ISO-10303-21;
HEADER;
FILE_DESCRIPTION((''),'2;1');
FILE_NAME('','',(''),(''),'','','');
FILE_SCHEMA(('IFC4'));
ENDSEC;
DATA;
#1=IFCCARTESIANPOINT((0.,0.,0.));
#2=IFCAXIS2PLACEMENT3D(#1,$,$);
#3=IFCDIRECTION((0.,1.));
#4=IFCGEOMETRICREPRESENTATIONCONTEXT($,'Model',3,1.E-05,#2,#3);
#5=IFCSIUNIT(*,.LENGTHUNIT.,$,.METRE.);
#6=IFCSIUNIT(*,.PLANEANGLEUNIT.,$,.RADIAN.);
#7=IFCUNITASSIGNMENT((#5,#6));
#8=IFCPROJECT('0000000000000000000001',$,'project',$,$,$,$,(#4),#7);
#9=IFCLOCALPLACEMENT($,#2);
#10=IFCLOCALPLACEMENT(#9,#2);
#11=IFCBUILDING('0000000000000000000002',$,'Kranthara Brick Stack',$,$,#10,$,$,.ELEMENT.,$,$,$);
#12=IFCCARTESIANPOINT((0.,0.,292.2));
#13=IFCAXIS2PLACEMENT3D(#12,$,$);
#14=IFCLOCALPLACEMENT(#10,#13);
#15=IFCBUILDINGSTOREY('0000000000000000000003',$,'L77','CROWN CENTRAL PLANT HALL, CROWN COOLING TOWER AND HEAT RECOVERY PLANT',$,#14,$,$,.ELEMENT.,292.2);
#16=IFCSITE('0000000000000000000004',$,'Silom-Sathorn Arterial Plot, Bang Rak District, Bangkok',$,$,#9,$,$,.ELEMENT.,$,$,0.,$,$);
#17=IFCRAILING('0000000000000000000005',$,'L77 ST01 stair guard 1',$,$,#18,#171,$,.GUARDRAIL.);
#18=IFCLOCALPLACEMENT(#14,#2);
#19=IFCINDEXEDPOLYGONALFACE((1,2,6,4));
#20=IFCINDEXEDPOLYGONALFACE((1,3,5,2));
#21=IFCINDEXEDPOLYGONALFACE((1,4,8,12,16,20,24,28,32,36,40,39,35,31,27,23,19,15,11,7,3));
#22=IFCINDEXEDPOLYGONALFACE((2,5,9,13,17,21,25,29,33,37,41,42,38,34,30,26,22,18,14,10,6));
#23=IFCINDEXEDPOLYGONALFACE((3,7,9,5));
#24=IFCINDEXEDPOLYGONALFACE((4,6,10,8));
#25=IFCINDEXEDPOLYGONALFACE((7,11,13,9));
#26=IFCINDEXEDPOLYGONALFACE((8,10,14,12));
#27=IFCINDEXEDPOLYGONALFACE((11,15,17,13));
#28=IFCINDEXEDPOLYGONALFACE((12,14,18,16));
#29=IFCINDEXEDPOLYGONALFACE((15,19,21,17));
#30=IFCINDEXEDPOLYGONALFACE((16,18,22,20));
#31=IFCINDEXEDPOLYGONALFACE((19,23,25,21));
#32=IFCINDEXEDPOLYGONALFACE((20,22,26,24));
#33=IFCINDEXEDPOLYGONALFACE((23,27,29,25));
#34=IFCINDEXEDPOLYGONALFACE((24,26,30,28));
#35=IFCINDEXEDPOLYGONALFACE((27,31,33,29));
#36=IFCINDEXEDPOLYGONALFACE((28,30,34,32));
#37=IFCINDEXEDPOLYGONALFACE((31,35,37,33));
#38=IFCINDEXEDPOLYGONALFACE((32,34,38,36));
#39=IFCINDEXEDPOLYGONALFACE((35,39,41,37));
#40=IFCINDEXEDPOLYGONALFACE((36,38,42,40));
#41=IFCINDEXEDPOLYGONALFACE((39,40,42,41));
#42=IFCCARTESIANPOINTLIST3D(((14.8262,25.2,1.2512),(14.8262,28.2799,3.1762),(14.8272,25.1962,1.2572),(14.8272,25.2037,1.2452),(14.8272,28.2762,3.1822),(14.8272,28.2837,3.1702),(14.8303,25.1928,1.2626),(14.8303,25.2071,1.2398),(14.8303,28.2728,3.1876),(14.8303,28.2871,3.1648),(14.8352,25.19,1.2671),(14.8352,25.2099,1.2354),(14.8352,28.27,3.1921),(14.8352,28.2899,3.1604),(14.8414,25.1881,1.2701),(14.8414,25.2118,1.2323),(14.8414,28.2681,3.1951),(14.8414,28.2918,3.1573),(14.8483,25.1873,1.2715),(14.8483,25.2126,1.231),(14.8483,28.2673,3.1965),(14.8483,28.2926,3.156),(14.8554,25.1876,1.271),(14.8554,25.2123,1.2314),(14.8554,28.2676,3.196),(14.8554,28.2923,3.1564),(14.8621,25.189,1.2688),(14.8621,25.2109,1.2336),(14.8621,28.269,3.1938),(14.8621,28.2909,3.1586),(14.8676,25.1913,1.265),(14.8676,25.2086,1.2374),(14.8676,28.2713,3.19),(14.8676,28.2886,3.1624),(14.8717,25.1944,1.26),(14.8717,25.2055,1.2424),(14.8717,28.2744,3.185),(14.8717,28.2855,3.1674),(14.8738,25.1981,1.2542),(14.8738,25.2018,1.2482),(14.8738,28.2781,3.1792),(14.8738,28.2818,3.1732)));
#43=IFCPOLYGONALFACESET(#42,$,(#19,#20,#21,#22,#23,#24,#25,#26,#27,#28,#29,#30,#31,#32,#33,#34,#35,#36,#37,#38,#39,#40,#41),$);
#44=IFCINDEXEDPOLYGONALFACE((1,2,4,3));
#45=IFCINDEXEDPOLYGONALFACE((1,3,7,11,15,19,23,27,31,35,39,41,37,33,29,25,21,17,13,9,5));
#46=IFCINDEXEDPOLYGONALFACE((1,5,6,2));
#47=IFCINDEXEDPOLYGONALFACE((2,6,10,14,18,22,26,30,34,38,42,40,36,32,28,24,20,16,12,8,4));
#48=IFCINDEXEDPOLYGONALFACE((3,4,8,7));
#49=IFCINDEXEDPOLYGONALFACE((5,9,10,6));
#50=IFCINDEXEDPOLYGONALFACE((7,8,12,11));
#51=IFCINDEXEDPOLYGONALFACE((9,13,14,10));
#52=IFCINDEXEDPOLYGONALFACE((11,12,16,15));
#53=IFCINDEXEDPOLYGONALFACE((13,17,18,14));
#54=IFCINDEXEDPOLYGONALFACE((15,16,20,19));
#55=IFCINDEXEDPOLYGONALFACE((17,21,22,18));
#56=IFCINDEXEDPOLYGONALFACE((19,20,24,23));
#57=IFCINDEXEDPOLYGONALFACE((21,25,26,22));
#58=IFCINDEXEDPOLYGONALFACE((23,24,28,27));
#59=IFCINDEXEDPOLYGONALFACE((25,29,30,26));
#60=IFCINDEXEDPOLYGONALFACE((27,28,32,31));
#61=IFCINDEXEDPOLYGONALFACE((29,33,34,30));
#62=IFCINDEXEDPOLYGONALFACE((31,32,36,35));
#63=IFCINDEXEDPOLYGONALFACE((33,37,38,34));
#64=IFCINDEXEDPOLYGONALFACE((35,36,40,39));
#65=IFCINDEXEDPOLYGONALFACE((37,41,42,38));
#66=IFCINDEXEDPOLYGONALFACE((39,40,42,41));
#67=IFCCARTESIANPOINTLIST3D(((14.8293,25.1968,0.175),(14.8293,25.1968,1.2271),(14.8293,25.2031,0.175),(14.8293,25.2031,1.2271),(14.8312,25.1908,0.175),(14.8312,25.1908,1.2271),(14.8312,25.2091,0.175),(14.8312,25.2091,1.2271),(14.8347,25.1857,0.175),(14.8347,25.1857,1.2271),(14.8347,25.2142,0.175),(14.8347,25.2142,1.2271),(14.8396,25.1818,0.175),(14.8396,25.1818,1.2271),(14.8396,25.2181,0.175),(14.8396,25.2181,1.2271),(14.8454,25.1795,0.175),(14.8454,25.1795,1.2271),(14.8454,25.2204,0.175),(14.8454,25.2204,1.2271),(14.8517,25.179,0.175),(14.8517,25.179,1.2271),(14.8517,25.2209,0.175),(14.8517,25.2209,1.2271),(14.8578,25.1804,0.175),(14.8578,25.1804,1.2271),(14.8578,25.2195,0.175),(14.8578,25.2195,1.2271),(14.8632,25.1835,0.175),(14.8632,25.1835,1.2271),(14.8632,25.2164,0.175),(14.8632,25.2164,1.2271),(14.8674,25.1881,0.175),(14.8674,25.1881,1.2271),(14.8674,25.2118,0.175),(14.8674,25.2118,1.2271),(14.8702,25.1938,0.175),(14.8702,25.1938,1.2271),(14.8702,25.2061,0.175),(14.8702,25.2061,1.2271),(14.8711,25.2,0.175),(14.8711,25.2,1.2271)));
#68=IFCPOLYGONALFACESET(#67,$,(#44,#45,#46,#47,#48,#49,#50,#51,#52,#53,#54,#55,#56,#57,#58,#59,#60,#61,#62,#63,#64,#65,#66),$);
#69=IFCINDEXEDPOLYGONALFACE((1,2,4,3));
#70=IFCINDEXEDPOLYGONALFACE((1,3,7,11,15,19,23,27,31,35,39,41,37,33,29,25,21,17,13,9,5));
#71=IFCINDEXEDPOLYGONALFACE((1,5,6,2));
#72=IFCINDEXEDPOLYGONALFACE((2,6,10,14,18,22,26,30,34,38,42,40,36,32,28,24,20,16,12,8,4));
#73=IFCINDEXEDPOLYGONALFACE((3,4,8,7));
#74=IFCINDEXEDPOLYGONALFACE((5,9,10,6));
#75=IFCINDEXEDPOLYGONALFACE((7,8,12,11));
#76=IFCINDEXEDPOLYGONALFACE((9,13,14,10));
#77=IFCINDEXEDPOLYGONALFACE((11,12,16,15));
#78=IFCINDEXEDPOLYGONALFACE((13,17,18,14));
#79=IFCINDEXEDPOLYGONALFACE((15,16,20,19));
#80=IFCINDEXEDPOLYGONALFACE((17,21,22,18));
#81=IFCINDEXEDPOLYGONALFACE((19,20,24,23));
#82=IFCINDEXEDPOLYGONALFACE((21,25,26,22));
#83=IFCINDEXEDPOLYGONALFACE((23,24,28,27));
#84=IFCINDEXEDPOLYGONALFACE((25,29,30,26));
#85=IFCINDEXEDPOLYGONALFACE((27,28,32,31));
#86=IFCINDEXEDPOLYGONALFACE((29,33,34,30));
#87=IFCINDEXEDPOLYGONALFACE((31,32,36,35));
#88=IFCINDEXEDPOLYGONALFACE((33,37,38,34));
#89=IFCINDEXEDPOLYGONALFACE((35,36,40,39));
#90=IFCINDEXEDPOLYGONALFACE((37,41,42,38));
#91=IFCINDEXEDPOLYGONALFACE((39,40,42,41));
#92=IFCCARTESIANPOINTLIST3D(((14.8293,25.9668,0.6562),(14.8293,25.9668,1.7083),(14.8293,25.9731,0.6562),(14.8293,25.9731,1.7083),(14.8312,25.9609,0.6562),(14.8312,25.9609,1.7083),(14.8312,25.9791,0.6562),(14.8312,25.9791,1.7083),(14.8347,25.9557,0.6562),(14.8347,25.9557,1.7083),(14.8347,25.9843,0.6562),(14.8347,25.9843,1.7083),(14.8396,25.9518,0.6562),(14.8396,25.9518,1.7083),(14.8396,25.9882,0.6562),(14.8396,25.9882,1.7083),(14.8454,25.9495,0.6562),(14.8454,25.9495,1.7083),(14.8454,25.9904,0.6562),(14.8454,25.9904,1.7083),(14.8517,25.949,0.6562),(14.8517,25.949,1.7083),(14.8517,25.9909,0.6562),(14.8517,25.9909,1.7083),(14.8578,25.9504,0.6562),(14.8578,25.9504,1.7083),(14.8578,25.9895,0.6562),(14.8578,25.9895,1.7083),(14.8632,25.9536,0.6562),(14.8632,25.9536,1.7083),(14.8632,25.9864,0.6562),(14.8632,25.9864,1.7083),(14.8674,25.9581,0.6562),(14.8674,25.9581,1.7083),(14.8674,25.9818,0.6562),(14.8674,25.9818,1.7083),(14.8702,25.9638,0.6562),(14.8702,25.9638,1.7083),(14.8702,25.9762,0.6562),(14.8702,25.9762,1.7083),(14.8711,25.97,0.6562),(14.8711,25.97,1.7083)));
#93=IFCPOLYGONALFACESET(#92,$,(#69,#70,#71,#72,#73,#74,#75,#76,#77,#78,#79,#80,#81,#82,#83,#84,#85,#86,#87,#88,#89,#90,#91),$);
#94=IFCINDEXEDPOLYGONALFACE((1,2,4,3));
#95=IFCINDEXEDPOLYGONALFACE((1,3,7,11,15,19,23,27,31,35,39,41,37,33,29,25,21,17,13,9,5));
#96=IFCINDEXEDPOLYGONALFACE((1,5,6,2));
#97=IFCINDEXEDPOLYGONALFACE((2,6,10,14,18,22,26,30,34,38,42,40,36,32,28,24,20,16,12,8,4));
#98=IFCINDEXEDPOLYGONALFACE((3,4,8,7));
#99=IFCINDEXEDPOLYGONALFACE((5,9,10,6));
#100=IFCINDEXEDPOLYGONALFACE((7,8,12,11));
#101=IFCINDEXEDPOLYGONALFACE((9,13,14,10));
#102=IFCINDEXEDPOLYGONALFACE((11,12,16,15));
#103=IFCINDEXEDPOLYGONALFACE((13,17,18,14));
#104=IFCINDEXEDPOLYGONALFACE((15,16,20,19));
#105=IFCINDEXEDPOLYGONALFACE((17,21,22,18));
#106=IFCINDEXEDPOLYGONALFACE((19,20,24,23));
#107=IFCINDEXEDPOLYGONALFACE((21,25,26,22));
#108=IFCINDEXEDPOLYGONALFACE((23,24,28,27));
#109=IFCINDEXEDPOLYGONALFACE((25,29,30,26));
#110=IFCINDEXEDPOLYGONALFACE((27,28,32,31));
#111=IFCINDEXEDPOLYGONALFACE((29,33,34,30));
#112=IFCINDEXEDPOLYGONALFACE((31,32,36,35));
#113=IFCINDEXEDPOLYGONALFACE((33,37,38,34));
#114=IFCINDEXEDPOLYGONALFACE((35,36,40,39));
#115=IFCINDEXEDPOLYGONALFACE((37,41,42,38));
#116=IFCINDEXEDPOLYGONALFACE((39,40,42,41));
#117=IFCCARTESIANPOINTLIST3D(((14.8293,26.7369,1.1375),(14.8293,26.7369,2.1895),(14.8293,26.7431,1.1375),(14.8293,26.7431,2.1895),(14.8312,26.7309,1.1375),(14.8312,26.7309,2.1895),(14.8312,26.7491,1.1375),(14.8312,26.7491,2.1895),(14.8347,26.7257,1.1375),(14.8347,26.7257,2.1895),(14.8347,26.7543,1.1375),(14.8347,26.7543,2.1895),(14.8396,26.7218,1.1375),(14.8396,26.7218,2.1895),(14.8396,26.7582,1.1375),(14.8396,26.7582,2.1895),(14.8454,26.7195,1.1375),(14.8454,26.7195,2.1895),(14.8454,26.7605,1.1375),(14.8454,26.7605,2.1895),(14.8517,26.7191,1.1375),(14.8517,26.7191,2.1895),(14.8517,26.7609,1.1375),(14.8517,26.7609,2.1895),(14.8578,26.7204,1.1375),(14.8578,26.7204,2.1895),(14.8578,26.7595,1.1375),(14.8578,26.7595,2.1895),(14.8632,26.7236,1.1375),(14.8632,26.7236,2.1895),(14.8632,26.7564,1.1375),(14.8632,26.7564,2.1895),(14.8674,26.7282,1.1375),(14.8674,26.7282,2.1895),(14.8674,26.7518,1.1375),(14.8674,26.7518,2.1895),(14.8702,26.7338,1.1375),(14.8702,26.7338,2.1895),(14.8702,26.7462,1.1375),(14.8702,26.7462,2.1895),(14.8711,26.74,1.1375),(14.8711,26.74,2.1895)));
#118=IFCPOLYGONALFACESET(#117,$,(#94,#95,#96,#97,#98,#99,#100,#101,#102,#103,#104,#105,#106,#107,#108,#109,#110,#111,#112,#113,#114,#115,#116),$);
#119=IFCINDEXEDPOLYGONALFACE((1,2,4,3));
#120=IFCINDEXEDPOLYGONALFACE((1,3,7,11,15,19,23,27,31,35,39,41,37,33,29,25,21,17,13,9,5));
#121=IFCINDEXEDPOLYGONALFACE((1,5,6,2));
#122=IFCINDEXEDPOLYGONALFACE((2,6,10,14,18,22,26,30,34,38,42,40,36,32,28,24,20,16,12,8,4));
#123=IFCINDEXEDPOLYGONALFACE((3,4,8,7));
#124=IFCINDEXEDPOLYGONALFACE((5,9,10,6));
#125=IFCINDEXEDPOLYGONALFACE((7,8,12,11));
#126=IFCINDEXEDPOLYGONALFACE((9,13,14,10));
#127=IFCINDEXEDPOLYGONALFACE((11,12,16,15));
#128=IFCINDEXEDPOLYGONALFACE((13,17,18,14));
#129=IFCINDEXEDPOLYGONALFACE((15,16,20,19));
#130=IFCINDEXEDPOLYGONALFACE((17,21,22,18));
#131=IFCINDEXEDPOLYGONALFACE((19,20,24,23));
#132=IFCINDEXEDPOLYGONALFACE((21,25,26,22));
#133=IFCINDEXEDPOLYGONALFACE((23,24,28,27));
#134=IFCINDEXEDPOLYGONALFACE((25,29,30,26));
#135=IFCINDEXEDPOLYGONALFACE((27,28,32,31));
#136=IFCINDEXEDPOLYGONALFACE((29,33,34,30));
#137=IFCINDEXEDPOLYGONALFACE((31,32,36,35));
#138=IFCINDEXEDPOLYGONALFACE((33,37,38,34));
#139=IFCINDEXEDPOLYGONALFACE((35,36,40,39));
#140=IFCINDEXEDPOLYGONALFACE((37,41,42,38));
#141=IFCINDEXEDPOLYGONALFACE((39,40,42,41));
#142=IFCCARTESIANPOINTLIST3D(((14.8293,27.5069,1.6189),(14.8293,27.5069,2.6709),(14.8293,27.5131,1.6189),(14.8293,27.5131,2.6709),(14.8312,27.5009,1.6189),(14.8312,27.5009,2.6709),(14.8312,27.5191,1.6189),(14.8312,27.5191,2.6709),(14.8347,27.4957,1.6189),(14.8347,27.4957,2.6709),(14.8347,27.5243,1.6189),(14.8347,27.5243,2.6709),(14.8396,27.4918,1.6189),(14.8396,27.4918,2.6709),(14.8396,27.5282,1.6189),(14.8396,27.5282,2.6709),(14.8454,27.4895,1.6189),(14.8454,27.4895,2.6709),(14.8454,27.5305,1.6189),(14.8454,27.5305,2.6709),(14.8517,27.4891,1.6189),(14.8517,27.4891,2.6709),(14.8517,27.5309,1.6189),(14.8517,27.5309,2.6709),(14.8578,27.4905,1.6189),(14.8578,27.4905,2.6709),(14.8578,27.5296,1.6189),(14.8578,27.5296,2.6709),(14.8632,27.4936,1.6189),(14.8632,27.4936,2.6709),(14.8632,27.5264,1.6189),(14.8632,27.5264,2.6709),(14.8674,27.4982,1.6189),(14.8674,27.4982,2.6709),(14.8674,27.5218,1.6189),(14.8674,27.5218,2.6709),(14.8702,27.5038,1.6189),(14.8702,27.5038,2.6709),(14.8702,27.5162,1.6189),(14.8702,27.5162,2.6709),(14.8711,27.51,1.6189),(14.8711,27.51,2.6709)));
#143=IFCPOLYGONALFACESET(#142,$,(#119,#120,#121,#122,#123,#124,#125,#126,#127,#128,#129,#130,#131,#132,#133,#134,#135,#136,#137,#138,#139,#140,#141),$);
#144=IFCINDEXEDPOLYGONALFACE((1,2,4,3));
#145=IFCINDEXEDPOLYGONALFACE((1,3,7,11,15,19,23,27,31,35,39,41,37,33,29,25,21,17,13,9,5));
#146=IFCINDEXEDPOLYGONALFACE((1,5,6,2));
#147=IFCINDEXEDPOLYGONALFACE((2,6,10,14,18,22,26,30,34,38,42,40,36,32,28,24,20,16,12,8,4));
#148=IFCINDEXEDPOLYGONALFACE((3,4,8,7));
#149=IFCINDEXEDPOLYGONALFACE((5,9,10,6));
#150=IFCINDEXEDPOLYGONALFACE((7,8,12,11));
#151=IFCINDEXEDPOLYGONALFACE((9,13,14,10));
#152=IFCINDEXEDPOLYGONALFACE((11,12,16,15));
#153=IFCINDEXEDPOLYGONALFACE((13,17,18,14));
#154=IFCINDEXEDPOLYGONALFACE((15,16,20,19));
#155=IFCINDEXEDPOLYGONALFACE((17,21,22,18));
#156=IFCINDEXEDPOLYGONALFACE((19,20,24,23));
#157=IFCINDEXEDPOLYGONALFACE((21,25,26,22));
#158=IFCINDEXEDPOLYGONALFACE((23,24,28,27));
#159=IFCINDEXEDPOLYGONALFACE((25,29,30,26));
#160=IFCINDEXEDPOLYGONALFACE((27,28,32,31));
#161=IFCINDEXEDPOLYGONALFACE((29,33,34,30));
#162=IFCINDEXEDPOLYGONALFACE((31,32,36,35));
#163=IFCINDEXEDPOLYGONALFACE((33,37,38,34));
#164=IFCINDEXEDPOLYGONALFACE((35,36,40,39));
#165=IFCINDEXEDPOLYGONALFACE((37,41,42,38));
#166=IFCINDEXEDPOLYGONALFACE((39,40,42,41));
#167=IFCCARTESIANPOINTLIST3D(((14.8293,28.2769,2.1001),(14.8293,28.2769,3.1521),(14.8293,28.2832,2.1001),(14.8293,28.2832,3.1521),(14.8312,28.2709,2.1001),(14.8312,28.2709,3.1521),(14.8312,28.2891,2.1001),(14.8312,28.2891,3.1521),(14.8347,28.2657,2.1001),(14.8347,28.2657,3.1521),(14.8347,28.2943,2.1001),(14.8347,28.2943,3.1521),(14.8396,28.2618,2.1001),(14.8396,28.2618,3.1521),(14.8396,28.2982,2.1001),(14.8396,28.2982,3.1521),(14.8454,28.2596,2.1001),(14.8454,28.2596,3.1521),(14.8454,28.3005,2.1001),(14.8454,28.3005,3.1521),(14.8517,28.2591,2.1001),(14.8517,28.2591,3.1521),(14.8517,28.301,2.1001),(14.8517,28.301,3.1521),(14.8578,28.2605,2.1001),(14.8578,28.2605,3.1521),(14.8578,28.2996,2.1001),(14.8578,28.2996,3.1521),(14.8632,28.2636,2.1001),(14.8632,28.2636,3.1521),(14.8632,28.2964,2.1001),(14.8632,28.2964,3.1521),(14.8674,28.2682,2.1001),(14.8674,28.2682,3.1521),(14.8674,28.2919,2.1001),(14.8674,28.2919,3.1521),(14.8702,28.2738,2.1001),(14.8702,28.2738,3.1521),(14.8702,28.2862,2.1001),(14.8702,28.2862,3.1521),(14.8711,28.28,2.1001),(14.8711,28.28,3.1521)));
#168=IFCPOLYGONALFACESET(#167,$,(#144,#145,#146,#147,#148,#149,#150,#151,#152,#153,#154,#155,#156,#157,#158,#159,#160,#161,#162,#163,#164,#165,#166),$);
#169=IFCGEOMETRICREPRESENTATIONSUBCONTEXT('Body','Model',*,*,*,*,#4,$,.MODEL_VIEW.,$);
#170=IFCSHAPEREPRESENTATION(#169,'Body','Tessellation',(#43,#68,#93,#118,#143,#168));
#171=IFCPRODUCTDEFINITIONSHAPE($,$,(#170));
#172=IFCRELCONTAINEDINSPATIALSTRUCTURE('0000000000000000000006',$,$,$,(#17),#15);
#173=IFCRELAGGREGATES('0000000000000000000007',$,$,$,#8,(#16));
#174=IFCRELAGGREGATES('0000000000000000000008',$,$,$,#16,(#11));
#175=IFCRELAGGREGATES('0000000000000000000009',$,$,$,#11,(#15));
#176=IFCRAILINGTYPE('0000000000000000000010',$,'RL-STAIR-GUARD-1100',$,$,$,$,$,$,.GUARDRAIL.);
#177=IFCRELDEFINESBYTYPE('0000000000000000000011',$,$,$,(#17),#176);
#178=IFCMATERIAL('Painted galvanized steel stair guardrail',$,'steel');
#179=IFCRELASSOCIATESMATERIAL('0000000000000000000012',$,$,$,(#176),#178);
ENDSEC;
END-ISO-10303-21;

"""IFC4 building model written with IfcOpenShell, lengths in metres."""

from ifc_helpers import new_model, si_unit, direction, frame, origin, origin_2d, place, context, subcontext, project, spatial, circle, extrude, material, type_object, element, save


model = new_model("IFC4")

# Units and contexts
model_context = context("Model", 3, precision=1e-05, world=origin(), true_north=direction((0.0, 1.0)))
body_context = subcontext(model_context, "Body", "Model", "MODEL_VIEW")
ifc_project = project(units=[si_unit("LENGTHUNIT", "METRE"), si_unit("PLANEANGLEUNIT", "RADIAN")], contexts=[model_context])

# Site, building, storey
site_placement = place(None, origin())
site = spatial("IfcSite", under=ifc_project, at=site_placement, Name="Silom-Sathorn Arterial Plot, Bang Rak District, Bangkok", CompositionType="ELEMENT", RefElevation=0.0)
building_placement = place(site_placement, origin())
building = spatial("IfcBuilding", under=site, at=building_placement, Name="Kranthara Brick Stack", CompositionType="ELEMENT")
storey_placement = place(building_placement, frame((0.0, 0.0, 292.2)))
storey = spatial("IfcBuildingStorey", under=building, at=storey_placement, Name="L77", Description="CROWN CENTRAL PLANT HALL, CROWN COOLING TOWER AND HEAT RECOVERY PLANT", CompositionType="ELEMENT", Elevation=292.2)

# Railing
ifc_material_1 = material(Name="Painted galvanized steel stair guardrail", Category="steel")
railing_type = type_object("IfcRailingType", Name="RL-STAIR-GUARD-1100", PredefinedType="GUARDRAIL", material=ifc_material_1)
railing_1_placement = place(storey_placement, frame((14.8501, 25.2, 0.175)))
element("IfcRailing", 1, at=railing_1_placement, inside=storey, type_object=railing_type, Name="L77 ST01 stair guard 1", PredefinedType="GUARDRAIL", context=body_context, shape_type="SweptSolid", body=[
    extrude(circle(Radius=0.0239, at=origin_2d()), frame((0.0, 0.0, 1.0762), z_axis=(0.0, 0.847998, 0.529999), x_axis=(-1.0, 0.0, 0.0)), (0.0, 0.0, 1.0), 3.6321),
    extrude(circle(Radius=0.021, at=origin_2d()), origin(), (0.0, 0.0, 1.0), 1.052),
    extrude(circle(Radius=0.021, at=origin_2d()), frame((0.0, 0.77, 0.4812)), (0.0, 0.0, 1.0), 1.052),
    extrude(circle(Radius=0.021, at=origin_2d()), frame((0.0, 1.54, 0.9624)), (0.0, 0.0, 1.0), 1.052),
    extrude(circle(Radius=0.021, at=origin_2d()), frame((0.0, 2.3101, 1.4438)), (0.0, 0.0, 1.0), 1.052),
    extrude(circle(Radius=0.021, at=origin_2d()), frame((0.0, 3.0801, 1.925)), (0.0, 0.0, 1.0), 1.052),
])

save(model, "model.ifc")
